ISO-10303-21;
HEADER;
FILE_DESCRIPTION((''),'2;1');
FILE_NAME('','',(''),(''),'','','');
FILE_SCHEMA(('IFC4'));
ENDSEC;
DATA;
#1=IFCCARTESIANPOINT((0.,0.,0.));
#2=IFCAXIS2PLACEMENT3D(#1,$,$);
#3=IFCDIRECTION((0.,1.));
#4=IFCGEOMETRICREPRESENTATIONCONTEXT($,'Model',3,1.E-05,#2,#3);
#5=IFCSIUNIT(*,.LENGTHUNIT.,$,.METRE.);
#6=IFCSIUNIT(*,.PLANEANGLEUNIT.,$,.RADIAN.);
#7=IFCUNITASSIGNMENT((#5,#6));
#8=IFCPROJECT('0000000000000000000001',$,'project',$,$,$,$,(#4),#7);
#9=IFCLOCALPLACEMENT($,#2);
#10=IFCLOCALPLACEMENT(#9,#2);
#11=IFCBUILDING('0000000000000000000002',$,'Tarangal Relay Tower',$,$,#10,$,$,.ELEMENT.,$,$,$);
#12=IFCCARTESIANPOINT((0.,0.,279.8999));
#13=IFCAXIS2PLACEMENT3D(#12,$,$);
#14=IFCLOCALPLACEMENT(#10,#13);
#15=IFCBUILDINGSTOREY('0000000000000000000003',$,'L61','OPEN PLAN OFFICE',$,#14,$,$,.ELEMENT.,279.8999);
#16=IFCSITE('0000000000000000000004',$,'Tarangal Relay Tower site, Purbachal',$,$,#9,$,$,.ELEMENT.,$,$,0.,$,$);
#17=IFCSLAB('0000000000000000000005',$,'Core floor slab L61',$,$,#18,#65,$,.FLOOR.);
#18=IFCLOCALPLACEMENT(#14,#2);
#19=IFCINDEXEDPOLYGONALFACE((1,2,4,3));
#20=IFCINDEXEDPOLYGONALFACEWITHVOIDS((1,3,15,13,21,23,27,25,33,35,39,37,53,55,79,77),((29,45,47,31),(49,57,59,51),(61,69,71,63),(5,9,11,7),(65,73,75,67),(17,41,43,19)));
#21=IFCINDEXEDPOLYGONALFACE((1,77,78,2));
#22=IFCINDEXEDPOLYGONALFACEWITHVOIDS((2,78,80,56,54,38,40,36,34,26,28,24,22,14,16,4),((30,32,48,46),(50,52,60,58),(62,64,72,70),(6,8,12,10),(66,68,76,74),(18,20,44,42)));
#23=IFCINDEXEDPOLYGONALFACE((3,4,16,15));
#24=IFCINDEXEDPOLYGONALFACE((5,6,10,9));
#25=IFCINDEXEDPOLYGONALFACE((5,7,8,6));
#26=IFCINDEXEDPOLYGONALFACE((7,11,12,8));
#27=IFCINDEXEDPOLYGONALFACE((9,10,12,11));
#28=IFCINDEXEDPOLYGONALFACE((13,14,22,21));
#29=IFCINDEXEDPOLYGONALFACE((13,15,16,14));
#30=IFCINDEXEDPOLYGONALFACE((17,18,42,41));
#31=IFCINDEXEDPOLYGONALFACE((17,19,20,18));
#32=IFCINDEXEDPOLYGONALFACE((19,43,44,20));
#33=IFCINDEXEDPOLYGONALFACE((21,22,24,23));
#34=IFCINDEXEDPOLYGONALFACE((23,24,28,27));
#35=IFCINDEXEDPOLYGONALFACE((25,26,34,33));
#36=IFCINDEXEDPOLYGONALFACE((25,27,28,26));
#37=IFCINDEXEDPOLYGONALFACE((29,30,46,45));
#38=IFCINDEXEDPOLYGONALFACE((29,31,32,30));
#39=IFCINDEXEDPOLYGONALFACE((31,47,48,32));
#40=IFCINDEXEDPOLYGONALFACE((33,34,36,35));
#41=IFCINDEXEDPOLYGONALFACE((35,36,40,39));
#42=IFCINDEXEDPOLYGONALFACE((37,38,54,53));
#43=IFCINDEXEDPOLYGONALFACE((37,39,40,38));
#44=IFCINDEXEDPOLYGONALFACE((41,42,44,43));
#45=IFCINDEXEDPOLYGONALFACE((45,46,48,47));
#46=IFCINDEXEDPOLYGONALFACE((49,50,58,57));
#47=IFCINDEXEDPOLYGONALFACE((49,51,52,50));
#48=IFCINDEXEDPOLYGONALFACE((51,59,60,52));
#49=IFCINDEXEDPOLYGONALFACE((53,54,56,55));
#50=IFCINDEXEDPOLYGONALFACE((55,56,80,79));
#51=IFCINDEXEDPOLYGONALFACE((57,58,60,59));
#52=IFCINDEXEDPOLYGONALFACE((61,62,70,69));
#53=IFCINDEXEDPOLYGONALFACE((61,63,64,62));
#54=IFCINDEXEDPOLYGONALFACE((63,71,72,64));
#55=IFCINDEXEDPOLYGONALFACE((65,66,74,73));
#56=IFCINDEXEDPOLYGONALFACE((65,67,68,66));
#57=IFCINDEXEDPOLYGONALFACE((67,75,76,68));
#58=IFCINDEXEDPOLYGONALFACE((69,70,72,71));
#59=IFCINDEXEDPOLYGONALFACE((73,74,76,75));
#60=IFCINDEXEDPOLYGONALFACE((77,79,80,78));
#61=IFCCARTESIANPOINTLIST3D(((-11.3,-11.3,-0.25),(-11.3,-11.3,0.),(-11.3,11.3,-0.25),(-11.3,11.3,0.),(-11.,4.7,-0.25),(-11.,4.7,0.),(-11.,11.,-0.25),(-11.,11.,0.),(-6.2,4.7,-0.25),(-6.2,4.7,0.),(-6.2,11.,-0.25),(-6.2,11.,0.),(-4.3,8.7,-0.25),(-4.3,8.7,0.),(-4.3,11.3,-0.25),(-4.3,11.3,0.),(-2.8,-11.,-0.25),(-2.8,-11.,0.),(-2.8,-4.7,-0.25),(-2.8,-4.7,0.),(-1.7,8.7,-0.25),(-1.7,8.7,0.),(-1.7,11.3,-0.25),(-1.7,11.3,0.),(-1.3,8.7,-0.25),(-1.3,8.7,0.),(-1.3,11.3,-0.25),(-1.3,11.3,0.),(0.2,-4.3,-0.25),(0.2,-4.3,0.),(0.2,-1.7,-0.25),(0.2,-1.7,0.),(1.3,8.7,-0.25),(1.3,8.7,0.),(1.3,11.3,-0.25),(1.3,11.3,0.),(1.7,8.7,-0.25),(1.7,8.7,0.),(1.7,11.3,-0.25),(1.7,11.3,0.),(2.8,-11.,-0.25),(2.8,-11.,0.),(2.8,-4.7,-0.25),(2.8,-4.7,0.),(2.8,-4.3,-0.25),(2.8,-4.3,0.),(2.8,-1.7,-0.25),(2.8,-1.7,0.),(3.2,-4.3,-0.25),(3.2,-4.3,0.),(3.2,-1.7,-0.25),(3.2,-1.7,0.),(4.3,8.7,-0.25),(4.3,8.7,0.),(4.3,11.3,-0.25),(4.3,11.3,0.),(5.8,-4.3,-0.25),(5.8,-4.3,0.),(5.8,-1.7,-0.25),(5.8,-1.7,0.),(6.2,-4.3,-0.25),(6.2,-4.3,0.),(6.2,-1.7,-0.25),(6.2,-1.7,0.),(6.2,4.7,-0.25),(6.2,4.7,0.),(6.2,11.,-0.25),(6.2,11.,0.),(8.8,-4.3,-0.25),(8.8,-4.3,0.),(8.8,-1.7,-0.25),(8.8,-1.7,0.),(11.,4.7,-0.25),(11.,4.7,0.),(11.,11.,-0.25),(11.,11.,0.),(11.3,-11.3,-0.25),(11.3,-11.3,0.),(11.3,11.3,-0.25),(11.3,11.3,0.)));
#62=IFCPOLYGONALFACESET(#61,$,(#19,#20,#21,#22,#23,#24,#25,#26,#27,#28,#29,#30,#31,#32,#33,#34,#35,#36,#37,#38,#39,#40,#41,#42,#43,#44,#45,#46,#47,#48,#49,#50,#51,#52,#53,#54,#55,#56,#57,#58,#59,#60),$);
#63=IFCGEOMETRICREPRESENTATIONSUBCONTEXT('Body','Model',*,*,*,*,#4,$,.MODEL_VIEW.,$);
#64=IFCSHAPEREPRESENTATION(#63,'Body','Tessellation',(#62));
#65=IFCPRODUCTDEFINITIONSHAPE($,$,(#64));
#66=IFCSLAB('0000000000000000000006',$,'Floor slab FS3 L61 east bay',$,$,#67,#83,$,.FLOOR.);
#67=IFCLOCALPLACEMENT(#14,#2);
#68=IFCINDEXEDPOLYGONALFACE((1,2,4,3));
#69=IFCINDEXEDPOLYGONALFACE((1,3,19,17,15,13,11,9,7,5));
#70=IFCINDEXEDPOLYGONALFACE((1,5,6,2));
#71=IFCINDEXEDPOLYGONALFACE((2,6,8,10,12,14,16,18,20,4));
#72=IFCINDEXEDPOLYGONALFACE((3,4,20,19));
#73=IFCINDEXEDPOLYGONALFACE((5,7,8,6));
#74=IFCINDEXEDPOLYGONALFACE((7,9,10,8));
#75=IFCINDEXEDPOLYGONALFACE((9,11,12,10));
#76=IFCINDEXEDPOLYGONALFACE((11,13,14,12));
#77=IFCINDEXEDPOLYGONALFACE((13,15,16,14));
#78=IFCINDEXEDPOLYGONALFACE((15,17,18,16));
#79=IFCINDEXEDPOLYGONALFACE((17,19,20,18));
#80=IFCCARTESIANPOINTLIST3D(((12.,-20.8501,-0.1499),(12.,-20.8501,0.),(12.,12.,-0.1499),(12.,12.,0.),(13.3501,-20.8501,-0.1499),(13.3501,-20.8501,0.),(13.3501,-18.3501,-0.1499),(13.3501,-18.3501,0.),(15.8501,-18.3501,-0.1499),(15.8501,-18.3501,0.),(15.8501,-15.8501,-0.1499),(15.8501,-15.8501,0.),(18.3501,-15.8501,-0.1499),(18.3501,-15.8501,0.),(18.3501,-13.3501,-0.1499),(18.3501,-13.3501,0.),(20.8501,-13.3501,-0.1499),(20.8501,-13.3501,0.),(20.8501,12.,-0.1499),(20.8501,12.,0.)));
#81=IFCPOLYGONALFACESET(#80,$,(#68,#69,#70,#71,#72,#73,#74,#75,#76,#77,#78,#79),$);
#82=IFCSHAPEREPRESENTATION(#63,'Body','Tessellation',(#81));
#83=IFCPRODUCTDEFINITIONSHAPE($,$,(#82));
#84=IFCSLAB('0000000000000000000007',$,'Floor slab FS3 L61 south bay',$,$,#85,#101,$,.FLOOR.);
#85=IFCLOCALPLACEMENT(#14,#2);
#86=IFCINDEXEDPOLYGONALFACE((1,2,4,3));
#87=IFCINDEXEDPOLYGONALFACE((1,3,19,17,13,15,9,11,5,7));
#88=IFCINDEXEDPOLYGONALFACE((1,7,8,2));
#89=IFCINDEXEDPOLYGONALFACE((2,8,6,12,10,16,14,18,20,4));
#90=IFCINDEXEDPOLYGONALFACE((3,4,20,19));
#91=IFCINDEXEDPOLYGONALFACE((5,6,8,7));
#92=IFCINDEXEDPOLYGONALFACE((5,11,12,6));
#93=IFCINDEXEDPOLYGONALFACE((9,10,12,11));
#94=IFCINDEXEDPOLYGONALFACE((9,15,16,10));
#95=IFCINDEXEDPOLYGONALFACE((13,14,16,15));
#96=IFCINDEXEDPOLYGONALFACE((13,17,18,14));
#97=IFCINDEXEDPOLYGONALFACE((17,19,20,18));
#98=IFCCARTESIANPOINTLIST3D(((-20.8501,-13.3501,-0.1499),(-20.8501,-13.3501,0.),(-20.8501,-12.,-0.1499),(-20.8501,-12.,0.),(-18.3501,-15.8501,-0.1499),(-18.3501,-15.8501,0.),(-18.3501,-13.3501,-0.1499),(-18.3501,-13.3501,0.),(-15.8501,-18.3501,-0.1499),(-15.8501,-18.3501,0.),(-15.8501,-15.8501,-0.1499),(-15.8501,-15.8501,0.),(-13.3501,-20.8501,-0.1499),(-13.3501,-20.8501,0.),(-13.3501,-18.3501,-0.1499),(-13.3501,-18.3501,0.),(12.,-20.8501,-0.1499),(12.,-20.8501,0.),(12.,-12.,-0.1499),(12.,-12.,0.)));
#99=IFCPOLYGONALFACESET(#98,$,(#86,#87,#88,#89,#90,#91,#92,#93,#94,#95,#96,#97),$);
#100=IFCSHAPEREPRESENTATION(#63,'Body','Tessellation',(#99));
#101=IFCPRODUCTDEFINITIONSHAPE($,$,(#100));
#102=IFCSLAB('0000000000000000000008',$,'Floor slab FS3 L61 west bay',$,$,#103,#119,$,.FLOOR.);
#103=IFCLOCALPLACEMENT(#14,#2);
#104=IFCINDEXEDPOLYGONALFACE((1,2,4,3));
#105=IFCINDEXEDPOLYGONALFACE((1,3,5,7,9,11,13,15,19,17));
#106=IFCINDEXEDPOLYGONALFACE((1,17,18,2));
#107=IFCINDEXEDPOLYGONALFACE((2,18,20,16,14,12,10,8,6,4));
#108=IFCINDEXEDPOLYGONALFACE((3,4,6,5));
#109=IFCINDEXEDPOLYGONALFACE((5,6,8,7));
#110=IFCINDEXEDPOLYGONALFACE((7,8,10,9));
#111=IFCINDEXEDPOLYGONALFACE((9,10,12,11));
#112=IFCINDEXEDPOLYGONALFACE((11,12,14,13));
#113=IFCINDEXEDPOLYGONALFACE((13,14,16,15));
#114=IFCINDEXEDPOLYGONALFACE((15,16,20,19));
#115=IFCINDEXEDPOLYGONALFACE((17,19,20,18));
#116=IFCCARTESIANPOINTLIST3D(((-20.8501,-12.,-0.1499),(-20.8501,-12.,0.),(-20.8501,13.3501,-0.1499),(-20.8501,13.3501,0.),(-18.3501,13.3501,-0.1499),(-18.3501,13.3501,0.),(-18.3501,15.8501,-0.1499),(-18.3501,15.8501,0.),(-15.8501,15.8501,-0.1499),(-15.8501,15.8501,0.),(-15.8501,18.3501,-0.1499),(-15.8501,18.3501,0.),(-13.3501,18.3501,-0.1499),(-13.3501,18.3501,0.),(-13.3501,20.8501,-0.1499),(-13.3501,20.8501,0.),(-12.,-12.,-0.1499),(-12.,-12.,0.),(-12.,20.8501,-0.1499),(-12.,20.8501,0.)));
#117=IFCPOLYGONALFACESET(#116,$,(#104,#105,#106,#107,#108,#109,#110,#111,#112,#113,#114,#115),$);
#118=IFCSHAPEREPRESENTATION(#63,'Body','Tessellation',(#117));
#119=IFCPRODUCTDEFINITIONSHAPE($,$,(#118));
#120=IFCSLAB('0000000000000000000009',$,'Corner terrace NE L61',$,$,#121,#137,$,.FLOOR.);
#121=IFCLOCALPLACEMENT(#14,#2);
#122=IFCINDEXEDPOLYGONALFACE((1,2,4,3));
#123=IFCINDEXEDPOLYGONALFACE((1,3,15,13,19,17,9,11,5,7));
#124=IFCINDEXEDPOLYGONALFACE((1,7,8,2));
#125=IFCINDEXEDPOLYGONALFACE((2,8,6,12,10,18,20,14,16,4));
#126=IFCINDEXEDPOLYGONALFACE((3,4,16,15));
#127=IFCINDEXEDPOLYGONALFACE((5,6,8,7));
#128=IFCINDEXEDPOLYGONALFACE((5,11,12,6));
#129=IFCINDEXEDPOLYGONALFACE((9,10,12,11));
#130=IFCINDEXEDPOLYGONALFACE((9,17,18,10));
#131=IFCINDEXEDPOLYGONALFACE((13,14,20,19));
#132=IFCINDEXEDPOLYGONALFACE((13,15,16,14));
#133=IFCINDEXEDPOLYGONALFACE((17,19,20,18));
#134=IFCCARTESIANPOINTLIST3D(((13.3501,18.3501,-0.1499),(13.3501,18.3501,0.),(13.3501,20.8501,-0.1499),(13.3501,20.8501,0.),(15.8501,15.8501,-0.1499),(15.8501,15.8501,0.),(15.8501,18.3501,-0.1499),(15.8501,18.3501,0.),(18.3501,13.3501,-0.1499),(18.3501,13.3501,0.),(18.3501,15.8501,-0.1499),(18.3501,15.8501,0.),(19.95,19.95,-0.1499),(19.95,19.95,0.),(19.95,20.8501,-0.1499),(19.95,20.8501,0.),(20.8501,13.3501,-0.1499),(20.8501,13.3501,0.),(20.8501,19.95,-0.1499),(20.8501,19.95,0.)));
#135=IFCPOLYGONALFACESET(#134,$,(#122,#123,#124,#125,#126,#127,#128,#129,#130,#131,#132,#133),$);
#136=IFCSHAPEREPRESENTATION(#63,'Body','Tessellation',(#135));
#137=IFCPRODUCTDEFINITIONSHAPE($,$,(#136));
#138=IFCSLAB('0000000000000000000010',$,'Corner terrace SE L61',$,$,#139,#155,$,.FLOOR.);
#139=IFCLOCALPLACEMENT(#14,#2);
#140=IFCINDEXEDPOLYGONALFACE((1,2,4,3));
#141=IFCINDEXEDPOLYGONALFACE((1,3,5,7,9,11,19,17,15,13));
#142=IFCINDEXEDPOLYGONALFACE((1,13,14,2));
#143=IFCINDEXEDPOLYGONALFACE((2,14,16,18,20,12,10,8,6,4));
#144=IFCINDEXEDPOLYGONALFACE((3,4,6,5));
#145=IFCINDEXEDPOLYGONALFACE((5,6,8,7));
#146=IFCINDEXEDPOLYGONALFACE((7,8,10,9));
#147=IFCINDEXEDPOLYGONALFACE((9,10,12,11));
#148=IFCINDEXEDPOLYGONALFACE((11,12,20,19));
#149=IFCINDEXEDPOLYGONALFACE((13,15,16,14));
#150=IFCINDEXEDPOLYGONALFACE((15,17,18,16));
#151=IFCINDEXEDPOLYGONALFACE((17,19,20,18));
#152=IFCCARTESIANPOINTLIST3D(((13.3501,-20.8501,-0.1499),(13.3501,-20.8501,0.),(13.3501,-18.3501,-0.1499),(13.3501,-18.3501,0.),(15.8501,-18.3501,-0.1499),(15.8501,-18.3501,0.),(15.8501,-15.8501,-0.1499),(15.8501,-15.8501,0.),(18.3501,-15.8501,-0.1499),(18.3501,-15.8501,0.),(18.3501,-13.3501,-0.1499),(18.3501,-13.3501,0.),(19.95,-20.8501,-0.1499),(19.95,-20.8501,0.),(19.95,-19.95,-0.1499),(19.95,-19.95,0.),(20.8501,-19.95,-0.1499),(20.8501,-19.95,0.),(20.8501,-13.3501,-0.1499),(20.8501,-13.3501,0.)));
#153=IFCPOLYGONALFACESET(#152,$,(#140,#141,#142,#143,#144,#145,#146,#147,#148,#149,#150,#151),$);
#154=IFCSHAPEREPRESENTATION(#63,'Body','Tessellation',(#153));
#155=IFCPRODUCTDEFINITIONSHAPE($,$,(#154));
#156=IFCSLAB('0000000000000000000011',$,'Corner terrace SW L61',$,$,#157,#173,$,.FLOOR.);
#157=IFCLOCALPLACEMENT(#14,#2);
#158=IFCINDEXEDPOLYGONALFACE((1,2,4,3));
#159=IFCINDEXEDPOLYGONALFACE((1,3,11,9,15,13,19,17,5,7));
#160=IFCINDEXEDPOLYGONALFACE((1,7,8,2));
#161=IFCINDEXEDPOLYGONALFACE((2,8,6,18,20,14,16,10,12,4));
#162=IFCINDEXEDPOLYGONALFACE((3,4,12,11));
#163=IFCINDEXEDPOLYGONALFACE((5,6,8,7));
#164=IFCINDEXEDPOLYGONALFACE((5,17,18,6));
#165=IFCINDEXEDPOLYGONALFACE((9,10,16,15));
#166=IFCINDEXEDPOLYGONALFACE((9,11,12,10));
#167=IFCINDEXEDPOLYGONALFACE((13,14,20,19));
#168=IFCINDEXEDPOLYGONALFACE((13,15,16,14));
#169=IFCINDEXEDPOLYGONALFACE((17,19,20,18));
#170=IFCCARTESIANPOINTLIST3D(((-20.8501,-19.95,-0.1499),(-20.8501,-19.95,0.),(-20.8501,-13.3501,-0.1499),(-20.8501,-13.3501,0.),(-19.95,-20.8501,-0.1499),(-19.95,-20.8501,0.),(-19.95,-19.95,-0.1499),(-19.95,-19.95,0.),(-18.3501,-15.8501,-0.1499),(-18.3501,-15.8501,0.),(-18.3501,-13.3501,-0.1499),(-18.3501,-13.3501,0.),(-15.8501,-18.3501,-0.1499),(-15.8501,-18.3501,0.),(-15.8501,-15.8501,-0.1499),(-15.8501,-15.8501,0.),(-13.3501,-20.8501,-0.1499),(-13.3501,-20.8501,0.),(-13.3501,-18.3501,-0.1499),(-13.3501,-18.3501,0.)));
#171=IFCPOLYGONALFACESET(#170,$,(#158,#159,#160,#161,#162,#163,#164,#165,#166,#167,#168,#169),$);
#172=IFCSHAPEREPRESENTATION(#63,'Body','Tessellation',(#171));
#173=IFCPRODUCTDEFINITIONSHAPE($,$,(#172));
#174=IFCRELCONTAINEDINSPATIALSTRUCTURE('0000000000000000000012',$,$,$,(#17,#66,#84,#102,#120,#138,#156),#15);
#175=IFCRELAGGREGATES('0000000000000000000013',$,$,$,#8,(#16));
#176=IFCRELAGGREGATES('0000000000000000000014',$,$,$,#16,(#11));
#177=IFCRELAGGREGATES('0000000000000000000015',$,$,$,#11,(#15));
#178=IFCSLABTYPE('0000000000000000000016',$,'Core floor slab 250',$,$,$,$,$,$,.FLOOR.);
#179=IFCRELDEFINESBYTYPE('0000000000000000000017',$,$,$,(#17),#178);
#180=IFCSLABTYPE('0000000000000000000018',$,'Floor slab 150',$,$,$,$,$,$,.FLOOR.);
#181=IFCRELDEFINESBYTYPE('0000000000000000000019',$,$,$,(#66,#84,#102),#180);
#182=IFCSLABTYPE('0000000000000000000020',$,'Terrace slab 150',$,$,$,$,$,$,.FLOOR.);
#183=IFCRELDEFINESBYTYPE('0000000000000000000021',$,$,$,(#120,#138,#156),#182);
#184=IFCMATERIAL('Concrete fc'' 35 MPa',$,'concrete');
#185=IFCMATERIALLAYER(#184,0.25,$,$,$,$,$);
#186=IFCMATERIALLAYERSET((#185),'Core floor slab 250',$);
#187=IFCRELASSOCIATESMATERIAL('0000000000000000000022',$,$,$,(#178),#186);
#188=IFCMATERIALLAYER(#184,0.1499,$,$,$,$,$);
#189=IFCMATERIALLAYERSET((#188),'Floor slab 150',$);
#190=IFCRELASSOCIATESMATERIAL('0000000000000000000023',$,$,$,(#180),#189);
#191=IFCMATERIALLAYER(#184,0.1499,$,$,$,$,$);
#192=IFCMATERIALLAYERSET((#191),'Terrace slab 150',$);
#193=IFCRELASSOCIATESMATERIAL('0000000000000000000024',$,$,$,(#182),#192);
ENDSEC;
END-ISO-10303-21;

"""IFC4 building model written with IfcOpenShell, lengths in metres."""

from ifc_helpers import new_model, si_unit, direction, frame, origin, place, context, subcontext, project, spatial, polyline, outline, extrude, material, layer, layer_set, type_object, element, save


model = new_model("IFC4")

# Units and contexts
model_context = context("Model", 3, precision=1e-05, world=origin(), true_north=direction((0.0, 1.0)))
body_context = subcontext(model_context, "Body", "Model", "MODEL_VIEW")
ifc_project = project(units=[si_unit("LENGTHUNIT", "METRE"), si_unit("PLANEANGLEUNIT", "RADIAN")], contexts=[model_context])

# Site, building, storey
site_placement = place(None, origin())
site = spatial("IfcSite", under=ifc_project, at=site_placement, Name="Tarangal Relay Tower site, Purbachal", CompositionType="ELEMENT", RefElevation=0.0)
building_placement = place(site_placement, origin())
building = spatial("IfcBuilding", under=site, at=building_placement, Name="Tarangal Relay Tower", CompositionType="ELEMENT")
storey_placement = place(building_placement, frame((0.0, 0.0, 279.8999)))
storey = spatial("IfcBuildingStorey", under=building, at=storey_placement, Name="L61", Description="OPEN PLAN OFFICE", CompositionType="ELEMENT", Elevation=279.8999)

# Slabs
ifc_material_1 = material(Name="Concrete fc' 35 MPa", Category="concrete")
ifc_layer_1 = layer(ifc_material_1, 0.25)
ifc_layer_set_1 = layer_set([ifc_layer_1], Name="Core floor slab 250")
slab_type_1 = type_object("IfcSlabType", Name="Core floor slab 250", PredefinedType="FLOOR", material=ifc_layer_set_1)
slab_1_placement = place(storey_placement, frame((0.0, 0.0, -0.25)))
element("IfcSlab", 1, at=slab_1_placement, inside=storey, type_object=slab_type_1, Name="Core floor slab L61", PredefinedType="FLOOR", context=body_context, shape_type="SweptSolid", body=[
    extrude(outline(polyline([(11.3, 11.3), (11.3, -11.3), (-11.3, -11.3), (-11.3, 11.3), (-4.3, 11.3), (-4.3, 8.7), (-1.7, 8.7), (-1.7, 11.3), (-1.3, 11.3), (-1.3, 8.7), (1.3, 8.7), (1.3, 11.3), (1.7, 11.3), (1.7, 8.7), (4.3, 8.7), (4.3, 11.3), (11.3, 11.3)]), holes=[polyline([(2.8, -4.7), (-2.8, -4.7), (-2.8, -11.0), (2.8, -11.0), (2.8, -4.7)]), polyline([(2.8, -1.7), (0.2, -1.7), (0.2, -4.3), (2.8, -4.3), (2.8, -1.7)]), polyline([(5.8, -1.7), (3.2, -1.7), (3.2, -4.3), (5.8, -4.3), (5.8, -1.7)]), polyline([(8.8, -1.7), (6.2, -1.7), (6.2, -4.3), (8.8, -4.3), (8.8, -1.7)]), polyline([(-6.2, 11.0), (-11.0, 11.0), (-11.0, 4.7), (-6.2, 4.7), (-6.2, 11.0)]), polyline([(11.0, 11.0), (6.2, 11.0), (6.2, 4.7), (11.0, 4.7), (11.0, 11.0)])]), origin(), (0.0, 0.0, 1.0), 0.25),
])
ifc_layer_2 = layer(ifc_material_1, 0.1499)
ifc_layer_set_2 = layer_set([ifc_layer_2], Name="Floor slab 150")
slab_type_2 = type_object("IfcSlabType", Name="Floor slab 150", PredefinedType="FLOOR", material=ifc_layer_set_2)
slab_2_placement = place(storey_placement, frame((0.0, 0.0, -0.1499)))
element("IfcSlab", 2, at=slab_2_placement, inside=storey, type_object=slab_type_2, Name="Floor slab FS3 L61 east bay", PredefinedType="FLOOR", context=body_context, shape_type="SweptSolid", body=[
    extrude(outline(polyline([(20.8501, -13.3501), (18.3501, -13.3501), (18.3501, -15.8501), (15.8501, -15.8501), (15.8501, -18.3501), (13.3501, -18.3501), (13.3501, -20.8501), (12.0, -20.8501), (12.0, 12.0), (20.8501, 12.0), (20.8501, -13.3501)])), origin(), (0.0, 0.0, 1.0), 0.1499),
])
slab_3_placement = place(storey_placement, frame((0.0, 0.0, -0.1499)))
element("IfcSlab", 3, at=slab_3_placement, inside=storey, type_object=slab_type_2, Name="Floor slab FS3 L61 south bay", PredefinedType="FLOOR", context=body_context, shape_type="SweptSolid", body=[
    extrude(outline(polyline([(-13.3501, -20.8501), (-13.3501, -18.3501), (-15.8501, -18.3501), (-15.8501, -15.8501), (-18.3501, -15.8501), (-18.3501, -13.3501), (-20.8501, -13.3501), (-20.8501, -12.0), (12.0, -12.0), (12.0, -20.8501), (-13.3501, -20.8501)])), origin(), (0.0, 0.0, 1.0), 0.1499),
])
slab_4_placement = place(storey_placement, frame((0.0, 0.0, -0.1499)))
element("IfcSlab", 4, at=slab_4_placement, inside=storey, type_object=slab_type_2, Name="Floor slab FS3 L61 west bay", PredefinedType="FLOOR", context=body_context, shape_type="SweptSolid", body=[
    extrude(outline(polyline([(-12.0, 20.8501), (-12.0, -12.0), (-20.8501, -12.0), (-20.8501, 13.3501), (-18.3501, 13.3501), (-18.3501, 15.8501), (-15.8501, 15.8501), (-15.8501, 18.3501), (-13.3501, 18.3501), (-13.3501, 20.8501), (-12.0, 20.8501)])), origin(), (0.0, 0.0, 1.0), 0.1499),
])
ifc_layer_3 = layer(ifc_material_1, 0.1499)
ifc_layer_set_3 = layer_set([ifc_layer_3], Name="Terrace slab 150")
slab_type_3 = type_object("IfcSlabType", Name="Terrace slab 150", PredefinedType="FLOOR", material=ifc_layer_set_3)
slab_5_placement = place(storey_placement, frame((0.0, 0.0, -0.1499)))
element("IfcSlab", 5, at=slab_5_placement, inside=storey, type_object=slab_type_3, Name="Corner terrace NE L61", PredefinedType="FLOOR", context=body_context, shape_type="SweptSolid", body=[
    extrude(outline(polyline([(13.3501, 20.8501), (13.3501, 18.3501), (15.8501, 18.3501), (15.8501, 15.8501), (18.3501, 15.8501), (18.3501, 13.3501), (20.8501, 13.3501), (20.8501, 19.95), (19.95, 19.95), (19.95, 20.8501), (13.3501, 20.8501)])), origin(), (0.0, 0.0, 1.0), 0.1499),
])
slab_6_placement = place(storey_placement, frame((0.0, 0.0, -0.1499)))
element("IfcSlab", 6, at=slab_6_placement, inside=storey, type_object=slab_type_3, Name="Corner terrace SE L61", PredefinedType="FLOOR", context=body_context, shape_type="SweptSolid", body=[
    extrude(outline(polyline([(20.8501, -13.3501), (18.3501, -13.3501), (18.3501, -15.8501), (15.8501, -15.8501), (15.8501, -18.3501), (13.3501, -18.3501), (13.3501, -20.8501), (19.95, -20.8501), (19.95, -19.95), (20.8501, -19.95), (20.8501, -13.3501)])), origin(), (0.0, 0.0, 1.0), 0.1499),
])
slab_7_placement = place(storey_placement, frame((0.0, 0.0, -0.1499)))
element("IfcSlab", 7, at=slab_7_placement, inside=storey, type_object=slab_type_3, Name="Corner terrace SW L61", PredefinedType="FLOOR", context=body_context, shape_type="SweptSolid", body=[
    extrude(outline(polyline([(-13.3501, -20.8501), (-13.3501, -18.3501), (-15.8501, -18.3501), (-15.8501, -15.8501), (-18.3501, -15.8501), (-18.3501, -13.3501), (-20.8501, -13.3501), (-20.8501, -19.95), (-19.95, -19.95), (-19.95, -20.8501), (-13.3501, -20.8501)])), origin(), (0.0, 0.0, 1.0), 0.1499),
])

save(model, "model.ifc")
